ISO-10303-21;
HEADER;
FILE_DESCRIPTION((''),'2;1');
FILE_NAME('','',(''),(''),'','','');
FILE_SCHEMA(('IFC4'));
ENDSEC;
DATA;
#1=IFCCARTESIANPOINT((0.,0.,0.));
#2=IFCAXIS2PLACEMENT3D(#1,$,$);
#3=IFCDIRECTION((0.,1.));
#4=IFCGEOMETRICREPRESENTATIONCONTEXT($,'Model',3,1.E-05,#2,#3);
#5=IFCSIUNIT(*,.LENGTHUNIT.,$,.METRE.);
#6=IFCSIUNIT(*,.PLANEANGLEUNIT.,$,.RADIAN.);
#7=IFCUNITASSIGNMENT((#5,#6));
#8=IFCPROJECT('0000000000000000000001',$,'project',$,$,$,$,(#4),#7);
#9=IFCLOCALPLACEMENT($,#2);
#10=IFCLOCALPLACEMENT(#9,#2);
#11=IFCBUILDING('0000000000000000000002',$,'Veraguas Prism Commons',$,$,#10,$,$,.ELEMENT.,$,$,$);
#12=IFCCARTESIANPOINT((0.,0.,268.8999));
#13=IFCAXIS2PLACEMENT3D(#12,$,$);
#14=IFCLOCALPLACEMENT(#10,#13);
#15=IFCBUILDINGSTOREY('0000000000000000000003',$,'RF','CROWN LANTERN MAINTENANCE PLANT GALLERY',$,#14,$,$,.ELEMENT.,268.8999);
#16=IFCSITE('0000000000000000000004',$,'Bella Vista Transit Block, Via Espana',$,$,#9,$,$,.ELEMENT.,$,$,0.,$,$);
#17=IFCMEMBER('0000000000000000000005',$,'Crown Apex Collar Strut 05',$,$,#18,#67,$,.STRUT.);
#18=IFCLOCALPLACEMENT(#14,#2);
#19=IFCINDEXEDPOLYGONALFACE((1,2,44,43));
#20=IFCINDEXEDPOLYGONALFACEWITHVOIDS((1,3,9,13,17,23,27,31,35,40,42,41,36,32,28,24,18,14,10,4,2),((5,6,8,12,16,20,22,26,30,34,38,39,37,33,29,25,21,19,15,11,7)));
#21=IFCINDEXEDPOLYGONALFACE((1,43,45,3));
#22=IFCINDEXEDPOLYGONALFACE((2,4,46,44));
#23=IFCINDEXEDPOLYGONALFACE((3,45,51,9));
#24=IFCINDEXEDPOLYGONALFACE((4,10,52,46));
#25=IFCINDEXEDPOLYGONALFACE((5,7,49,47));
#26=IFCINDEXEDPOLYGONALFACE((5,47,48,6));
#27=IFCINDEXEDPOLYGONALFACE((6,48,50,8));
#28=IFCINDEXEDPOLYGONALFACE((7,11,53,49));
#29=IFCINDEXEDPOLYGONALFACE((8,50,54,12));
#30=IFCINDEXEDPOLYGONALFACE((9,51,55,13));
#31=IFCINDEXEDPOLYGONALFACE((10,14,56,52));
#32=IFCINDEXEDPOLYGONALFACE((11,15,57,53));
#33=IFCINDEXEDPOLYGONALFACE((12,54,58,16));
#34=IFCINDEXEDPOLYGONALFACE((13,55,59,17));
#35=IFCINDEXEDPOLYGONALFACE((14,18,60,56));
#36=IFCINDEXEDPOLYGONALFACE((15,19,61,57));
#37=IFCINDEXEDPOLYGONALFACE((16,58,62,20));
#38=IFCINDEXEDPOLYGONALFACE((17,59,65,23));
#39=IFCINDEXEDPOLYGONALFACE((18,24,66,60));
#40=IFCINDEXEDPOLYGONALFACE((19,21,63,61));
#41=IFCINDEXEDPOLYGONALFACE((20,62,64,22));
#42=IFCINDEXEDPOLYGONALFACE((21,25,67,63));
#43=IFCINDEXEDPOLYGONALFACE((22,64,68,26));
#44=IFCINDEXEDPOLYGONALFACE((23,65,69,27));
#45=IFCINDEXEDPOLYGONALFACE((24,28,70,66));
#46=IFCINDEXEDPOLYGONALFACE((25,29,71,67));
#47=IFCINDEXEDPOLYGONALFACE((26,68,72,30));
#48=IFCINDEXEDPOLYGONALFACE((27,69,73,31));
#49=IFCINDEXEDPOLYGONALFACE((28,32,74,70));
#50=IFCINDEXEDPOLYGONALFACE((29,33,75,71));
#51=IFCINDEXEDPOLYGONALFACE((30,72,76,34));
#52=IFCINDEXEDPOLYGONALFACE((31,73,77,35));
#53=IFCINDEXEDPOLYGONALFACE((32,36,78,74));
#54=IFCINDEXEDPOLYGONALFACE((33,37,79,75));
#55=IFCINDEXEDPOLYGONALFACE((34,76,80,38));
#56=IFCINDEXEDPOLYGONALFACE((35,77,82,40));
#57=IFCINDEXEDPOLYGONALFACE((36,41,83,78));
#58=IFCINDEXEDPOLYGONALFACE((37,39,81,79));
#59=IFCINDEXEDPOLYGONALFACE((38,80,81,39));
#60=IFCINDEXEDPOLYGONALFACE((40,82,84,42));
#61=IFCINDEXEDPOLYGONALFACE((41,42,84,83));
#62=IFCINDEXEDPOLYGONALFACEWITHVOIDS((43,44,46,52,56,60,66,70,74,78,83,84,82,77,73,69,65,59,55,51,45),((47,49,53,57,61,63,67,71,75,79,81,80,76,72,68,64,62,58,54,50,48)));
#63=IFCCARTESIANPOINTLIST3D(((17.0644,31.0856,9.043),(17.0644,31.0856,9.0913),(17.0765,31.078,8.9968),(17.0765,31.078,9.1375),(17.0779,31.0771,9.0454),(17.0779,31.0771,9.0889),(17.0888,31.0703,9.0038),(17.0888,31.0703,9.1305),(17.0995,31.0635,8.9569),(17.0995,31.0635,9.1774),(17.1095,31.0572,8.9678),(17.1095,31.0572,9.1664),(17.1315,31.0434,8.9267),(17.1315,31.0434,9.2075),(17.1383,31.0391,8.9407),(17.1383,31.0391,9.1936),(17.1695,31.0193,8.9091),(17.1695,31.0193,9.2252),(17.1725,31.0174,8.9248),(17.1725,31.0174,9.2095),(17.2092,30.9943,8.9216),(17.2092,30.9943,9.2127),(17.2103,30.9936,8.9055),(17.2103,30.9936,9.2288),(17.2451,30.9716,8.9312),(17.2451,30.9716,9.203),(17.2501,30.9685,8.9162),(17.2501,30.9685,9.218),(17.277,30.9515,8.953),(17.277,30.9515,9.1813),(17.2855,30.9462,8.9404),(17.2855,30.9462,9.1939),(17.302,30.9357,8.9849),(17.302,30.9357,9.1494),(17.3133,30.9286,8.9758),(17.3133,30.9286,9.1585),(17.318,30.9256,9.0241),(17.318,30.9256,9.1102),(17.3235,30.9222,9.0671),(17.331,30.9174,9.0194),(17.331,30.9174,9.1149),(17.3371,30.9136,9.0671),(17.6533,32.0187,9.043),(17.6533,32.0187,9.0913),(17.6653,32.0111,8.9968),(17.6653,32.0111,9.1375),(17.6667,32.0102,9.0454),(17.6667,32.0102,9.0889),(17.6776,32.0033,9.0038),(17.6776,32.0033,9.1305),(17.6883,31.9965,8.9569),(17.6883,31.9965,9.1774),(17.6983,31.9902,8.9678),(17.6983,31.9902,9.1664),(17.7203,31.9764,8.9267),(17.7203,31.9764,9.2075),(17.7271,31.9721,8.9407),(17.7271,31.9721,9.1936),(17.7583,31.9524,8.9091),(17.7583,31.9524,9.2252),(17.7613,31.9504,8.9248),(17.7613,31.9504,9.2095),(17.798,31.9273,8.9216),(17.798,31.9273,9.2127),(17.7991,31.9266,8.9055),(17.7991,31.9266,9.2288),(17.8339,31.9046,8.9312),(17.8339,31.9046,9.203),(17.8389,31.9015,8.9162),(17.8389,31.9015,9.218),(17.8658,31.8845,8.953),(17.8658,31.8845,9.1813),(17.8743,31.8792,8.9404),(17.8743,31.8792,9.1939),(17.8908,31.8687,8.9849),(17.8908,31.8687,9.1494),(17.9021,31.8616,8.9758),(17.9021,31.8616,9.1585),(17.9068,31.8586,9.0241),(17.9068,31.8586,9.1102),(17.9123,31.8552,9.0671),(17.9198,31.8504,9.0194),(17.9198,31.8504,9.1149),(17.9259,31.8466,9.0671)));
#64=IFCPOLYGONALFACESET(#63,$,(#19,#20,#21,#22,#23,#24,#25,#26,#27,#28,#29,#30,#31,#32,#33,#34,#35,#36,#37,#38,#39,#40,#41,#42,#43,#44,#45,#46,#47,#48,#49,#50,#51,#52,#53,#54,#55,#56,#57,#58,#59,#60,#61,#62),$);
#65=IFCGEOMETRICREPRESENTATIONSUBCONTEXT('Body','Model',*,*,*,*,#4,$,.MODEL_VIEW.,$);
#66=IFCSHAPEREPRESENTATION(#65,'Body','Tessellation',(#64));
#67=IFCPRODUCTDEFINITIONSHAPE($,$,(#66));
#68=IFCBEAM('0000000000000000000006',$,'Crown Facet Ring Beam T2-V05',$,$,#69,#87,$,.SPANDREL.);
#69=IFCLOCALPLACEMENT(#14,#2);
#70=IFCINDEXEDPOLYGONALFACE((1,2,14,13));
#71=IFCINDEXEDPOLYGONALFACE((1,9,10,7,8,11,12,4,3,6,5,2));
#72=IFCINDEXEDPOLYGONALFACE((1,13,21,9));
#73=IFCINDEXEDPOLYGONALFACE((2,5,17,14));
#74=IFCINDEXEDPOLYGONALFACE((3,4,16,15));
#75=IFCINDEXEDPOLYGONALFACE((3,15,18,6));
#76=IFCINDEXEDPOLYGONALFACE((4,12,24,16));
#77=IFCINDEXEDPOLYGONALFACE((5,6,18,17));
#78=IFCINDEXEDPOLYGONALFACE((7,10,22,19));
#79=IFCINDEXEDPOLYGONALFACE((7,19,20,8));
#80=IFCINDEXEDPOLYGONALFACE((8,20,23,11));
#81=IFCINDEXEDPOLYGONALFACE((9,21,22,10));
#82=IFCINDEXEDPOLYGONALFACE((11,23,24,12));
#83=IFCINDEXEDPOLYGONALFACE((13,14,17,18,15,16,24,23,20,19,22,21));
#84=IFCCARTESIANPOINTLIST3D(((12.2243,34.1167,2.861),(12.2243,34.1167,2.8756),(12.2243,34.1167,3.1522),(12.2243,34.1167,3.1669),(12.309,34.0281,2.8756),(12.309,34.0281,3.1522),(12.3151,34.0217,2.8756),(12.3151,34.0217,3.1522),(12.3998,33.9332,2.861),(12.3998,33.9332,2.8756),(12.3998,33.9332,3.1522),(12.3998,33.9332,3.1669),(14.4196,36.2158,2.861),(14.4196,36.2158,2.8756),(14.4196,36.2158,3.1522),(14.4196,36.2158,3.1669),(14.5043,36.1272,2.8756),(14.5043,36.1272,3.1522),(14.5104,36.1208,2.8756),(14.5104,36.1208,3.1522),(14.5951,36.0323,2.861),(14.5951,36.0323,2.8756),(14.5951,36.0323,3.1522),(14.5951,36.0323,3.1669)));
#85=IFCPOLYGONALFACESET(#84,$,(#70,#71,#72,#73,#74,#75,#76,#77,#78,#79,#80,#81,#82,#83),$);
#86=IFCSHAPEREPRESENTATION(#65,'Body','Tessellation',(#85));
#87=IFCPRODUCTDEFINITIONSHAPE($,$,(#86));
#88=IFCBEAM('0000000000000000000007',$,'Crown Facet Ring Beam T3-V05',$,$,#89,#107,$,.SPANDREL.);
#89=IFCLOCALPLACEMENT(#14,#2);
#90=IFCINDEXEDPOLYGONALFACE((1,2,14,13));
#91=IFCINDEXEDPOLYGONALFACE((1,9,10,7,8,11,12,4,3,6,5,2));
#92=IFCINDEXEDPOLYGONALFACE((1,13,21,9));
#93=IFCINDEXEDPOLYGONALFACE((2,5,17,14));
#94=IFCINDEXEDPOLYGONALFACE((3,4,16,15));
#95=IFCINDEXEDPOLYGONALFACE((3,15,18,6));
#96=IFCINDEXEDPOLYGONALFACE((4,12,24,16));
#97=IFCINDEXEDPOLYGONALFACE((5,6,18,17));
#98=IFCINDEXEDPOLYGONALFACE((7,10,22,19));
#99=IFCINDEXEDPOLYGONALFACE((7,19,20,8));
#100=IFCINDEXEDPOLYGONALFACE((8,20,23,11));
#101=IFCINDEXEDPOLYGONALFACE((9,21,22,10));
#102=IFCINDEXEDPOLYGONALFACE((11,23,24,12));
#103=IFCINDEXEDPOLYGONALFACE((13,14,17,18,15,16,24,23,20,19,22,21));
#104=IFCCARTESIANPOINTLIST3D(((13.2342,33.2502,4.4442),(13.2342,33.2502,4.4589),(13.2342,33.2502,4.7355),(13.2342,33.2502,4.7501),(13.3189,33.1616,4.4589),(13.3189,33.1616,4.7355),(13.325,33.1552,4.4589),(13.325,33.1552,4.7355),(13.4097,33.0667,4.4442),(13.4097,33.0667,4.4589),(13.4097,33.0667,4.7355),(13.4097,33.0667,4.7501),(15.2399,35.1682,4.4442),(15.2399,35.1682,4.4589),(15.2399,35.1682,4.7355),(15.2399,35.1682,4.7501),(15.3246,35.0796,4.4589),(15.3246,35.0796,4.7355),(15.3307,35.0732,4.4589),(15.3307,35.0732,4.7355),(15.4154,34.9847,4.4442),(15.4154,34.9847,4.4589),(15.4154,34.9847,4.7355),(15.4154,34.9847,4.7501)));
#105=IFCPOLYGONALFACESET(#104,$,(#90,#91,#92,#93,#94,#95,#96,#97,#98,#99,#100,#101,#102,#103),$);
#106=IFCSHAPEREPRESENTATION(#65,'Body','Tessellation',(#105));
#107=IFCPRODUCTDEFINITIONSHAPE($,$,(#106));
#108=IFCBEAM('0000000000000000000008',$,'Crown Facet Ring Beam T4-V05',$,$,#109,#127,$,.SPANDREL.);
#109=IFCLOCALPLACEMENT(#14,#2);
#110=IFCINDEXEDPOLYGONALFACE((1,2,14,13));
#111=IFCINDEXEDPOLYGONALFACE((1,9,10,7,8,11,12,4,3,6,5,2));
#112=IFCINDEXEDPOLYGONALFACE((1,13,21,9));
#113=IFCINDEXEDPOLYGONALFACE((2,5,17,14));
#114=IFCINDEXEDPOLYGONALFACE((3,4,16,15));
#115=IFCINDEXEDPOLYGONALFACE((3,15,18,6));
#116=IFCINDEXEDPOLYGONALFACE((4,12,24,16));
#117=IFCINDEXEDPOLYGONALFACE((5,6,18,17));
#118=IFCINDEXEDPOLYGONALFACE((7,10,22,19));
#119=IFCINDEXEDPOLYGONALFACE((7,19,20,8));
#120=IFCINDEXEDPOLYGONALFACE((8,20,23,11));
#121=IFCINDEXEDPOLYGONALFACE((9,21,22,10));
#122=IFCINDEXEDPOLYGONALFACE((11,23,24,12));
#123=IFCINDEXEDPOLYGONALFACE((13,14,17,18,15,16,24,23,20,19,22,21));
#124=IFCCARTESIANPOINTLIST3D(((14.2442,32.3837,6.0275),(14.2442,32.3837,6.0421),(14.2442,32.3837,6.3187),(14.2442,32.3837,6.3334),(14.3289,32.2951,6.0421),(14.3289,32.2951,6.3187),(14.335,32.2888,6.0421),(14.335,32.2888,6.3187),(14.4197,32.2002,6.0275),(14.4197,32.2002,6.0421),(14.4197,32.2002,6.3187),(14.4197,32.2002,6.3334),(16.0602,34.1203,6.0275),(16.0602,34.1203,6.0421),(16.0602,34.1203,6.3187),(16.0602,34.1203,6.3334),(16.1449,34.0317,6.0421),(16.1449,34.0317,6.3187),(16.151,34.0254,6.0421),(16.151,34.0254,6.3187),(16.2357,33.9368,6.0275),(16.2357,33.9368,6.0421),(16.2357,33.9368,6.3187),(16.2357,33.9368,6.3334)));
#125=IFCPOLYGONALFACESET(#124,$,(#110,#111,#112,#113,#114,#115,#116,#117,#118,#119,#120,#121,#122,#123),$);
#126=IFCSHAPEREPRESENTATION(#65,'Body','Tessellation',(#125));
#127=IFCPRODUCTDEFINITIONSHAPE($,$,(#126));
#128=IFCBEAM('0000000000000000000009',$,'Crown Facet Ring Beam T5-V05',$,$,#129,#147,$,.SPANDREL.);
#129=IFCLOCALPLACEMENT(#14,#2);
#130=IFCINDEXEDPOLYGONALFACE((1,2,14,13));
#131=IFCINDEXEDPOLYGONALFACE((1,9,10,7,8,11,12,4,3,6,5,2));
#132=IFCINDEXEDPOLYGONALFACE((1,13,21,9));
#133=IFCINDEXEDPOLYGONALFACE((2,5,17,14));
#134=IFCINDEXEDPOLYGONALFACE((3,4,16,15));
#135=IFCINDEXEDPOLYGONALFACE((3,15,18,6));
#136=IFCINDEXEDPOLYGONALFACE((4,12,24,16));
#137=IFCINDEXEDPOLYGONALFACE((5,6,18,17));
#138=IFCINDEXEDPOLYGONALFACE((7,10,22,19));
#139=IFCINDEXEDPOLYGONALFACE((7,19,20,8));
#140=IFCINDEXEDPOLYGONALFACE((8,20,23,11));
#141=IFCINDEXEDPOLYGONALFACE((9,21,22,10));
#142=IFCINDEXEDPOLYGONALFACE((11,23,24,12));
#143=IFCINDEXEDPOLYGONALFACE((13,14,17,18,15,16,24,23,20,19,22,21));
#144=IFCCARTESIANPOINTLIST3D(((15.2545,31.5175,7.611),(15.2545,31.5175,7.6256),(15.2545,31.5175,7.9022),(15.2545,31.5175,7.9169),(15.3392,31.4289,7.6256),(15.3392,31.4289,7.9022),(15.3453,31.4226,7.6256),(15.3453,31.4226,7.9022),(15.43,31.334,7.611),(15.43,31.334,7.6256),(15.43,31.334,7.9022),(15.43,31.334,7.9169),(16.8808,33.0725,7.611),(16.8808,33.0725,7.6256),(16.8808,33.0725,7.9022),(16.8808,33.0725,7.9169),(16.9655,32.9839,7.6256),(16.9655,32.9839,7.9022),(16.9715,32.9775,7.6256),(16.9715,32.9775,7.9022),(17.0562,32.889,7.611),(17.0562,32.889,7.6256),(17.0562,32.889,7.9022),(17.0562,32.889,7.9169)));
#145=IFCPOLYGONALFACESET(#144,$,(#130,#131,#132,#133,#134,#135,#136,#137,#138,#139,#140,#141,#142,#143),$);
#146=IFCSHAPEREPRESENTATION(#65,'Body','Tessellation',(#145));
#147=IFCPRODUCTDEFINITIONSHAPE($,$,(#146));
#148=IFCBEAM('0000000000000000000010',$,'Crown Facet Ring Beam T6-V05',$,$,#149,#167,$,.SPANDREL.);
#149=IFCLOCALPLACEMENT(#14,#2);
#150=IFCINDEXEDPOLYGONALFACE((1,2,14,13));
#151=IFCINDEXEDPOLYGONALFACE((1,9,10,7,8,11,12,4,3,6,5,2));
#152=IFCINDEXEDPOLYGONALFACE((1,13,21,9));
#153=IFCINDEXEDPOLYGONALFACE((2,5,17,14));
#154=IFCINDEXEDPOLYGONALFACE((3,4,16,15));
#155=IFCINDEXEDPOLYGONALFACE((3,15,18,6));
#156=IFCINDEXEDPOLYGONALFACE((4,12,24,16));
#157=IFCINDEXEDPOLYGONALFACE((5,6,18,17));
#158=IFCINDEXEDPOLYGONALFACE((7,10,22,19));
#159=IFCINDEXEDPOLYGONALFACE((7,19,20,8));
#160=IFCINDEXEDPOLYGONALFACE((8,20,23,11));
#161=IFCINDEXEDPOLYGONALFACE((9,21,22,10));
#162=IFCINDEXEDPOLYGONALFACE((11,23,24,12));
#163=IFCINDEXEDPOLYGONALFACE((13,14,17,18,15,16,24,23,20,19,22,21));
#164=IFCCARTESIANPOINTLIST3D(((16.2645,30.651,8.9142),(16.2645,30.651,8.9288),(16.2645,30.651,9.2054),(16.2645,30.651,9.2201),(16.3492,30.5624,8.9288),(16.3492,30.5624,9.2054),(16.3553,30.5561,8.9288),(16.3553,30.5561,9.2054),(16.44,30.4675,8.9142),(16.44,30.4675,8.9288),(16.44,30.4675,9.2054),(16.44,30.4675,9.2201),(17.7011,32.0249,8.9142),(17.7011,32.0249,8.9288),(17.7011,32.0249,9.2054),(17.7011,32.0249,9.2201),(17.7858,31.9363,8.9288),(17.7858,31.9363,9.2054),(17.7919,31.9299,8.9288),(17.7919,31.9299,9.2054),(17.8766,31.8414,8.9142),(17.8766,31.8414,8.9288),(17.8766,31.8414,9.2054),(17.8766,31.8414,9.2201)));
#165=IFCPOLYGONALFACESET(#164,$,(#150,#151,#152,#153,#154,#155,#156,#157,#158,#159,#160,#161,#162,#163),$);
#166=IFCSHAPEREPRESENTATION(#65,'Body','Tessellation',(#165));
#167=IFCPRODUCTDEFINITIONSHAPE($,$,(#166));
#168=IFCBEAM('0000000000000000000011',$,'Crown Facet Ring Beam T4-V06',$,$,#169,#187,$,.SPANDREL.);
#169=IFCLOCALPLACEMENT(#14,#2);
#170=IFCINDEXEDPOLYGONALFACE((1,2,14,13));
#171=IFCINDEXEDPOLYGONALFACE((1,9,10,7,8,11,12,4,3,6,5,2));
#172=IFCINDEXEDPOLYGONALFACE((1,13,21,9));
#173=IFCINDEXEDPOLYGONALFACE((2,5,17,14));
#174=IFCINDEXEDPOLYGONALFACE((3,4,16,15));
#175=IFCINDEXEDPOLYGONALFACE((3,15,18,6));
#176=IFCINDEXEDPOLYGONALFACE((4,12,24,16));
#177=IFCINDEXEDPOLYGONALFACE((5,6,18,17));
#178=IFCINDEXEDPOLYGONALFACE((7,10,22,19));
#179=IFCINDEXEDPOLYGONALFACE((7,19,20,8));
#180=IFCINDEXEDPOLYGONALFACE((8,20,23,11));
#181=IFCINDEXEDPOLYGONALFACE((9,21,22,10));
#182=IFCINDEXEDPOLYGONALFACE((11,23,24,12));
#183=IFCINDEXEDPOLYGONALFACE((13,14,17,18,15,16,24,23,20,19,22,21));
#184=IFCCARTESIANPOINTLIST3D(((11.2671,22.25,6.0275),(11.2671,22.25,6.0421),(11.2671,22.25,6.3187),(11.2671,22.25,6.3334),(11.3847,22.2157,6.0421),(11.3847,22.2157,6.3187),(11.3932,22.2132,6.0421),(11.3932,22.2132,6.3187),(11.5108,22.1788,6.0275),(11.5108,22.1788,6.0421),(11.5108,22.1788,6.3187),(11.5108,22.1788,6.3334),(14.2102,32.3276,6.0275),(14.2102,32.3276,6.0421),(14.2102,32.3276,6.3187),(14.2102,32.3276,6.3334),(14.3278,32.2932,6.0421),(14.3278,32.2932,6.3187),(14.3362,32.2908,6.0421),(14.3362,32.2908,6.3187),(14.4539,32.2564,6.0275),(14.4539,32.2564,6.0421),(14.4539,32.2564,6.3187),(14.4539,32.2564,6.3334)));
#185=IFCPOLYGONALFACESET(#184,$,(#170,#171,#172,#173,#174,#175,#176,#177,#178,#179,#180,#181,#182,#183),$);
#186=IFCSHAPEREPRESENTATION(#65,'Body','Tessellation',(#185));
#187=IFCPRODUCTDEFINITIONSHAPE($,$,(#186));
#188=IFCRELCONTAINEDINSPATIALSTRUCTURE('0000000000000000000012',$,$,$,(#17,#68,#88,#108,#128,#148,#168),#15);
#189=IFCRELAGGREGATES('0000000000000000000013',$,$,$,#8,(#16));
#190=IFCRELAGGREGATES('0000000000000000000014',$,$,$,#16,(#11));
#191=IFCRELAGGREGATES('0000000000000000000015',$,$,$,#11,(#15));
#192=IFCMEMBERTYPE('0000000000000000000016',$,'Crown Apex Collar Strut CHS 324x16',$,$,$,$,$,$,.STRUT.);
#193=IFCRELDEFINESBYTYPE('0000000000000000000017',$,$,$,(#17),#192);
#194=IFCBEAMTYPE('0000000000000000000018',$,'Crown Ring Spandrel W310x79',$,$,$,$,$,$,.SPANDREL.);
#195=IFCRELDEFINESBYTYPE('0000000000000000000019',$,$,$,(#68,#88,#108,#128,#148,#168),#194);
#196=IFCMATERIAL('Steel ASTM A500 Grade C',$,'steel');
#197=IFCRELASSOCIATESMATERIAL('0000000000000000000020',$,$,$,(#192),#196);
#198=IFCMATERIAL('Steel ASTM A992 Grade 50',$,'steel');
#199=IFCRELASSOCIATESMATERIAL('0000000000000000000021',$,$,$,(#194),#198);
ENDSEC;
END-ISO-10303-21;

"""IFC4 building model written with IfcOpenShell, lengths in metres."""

from ifc_helpers import new_model, si_unit, direction, frame, origin, origin_2d, place, context, subcontext, project, spatial, hollow_circle, i_section, extrude, material, material_profile, profile_set, type_object, element, save


model = new_model("IFC4")

# Units and contexts
model_context = context("Model", 3, precision=1e-05, world=origin(), true_north=direction((0.0, 1.0)))
body_context = subcontext(model_context, "Body", "Model", "MODEL_VIEW")
ifc_project = project(units=[si_unit("LENGTHUNIT", "METRE"), si_unit("PLANEANGLEUNIT", "RADIAN")], contexts=[model_context])

# Site, building, storey
site_placement = place(None, origin())
site = spatial("IfcSite", under=ifc_project, at=site_placement, Name="Bella Vista Transit Block, Via Espana", CompositionType="ELEMENT", RefElevation=0.0)
building_placement = place(site_placement, origin())
building = spatial("IfcBuilding", under=site, at=building_placement, Name="Veraguas Prism Commons", CompositionType="ELEMENT")
storey_placement = place(building_placement, frame((0.0, 0.0, 268.8999)))
storey = spatial("IfcBuildingStorey", under=building, at=storey_placement, Name="RF", Description="CROWN LANTERN MAINTENANCE PLANT GALLERY", CompositionType="ELEMENT", Elevation=268.8999)

# Member
ifc_material_1 = material(Name="Steel ASTM A500 Grade C", Category="steel")
ifc_material_profile_1 = material_profile(ifc_material_1, hollow_circle(Radius=0.1621, WallThickness=0.0161, at=origin_2d()), Name="CHS324X16")
ifc_profile_set_1 = profile_set([ifc_material_profile_1], Name="Steel ASTM A500 Grade C")
member_type_1 = type_object("IfcMemberType", Name="Crown Apex Collar Strut CHS 324x16", PredefinedType="STRUT", material=ifc_profile_set_1)
member_1_placement = place(storey_placement, frame((17.7888, 31.9331, 9.0671), z_axis=(-0.533693, -0.845678, 0.0), x_axis=(0.845678, -0.533693, 0.0)))
element("IfcMember", 1, at=member_1_placement, inside=storey, type_object=member_type_1, Name="Crown Apex Collar Strut 05", PredefinedType="STRUT", context=body_context, shape_type="SweptSolid", body=[
    extrude(hollow_circle(Radius=0.1621, WallThickness=0.0161, at=origin_2d()), origin(), (0.0, 0.0, 1.0), 1.1033),
])

# Beams
ifc_material_2 = material(Name="Steel ASTM A992 Grade 50", Category="steel")
ifc_material_profile_2 = material_profile(ifc_material_2, i_section(OverallWidth=0.2539, OverallDepth=0.3059, WebThickness=0.0088, FlangeThickness=0.0146, at=origin_2d()), Name="W310X79")
ifc_profile_set_2 = profile_set([ifc_material_profile_2], Name="Steel ASTM A992 Grade 50")
beam_type = type_object("IfcBeamType", Name="Crown Ring Spandrel W310x79", PredefinedType="SPANDREL", material=ifc_profile_set_2)
beam_1_placement = place(storey_placement, frame((14.5073, 36.124, 3.0139), z_axis=(-0.722764, -0.691095, 0.0), x_axis=(0.691095, -0.722764, 0.0)))
element("IfcBeam", 2, at=beam_1_placement, inside=storey, type_object=beam_type, Name="Crown Facet Ring Beam T2-V05", PredefinedType="SPANDREL", context=body_context, shape_type="SweptSolid", body=[
    extrude(i_section(OverallWidth=0.2539, OverallDepth=0.3059, WebThickness=0.0088, FlangeThickness=0.0146, at=origin_2d()), origin(), (0.0, 0.0, 1.0), 3.0374),
])
beam_2_placement = place(storey_placement, frame((15.3276, 35.0764, 4.5972), z_axis=(-0.722722, -0.691139, 0.0), x_axis=(0.691139, -0.722722, 0.0)))
element("IfcBeam", 3, at=beam_2_placement, inside=storey, type_object=beam_type, Name="Crown Facet Ring Beam T3-V05", PredefinedType="SPANDREL", context=body_context, shape_type="SweptSolid", body=[
    extrude(i_section(OverallWidth=0.2539, OverallDepth=0.3059, WebThickness=0.0088, FlangeThickness=0.0146, at=origin_2d()), origin(), (0.0, 0.0, 1.0), 2.7751),
])
beam_3_placement = place(storey_placement, frame((16.1479, 34.0286, 6.1804), z_axis=(-0.72272, -0.691141, 0.0), x_axis=(0.691141, -0.72272, 0.0)))
element("IfcBeam", 4, at=beam_3_placement, inside=storey, type_object=beam_type, Name="Crown Facet Ring Beam T4-V05", PredefinedType="SPANDREL", context=body_context, shape_type="SweptSolid", body=[
    extrude(i_section(OverallWidth=0.2539, OverallDepth=0.3059, WebThickness=0.0088, FlangeThickness=0.0146, at=origin_2d()), origin(), (0.0, 0.0, 1.0), 2.5127),
])
beam_4_placement = place(storey_placement, frame((16.9685, 32.9807, 7.7639), z_axis=(-0.722771, -0.691087, 0.0), x_axis=(0.691087, -0.722771, 0.0)))
element("IfcBeam", 5, at=beam_4_placement, inside=storey, type_object=beam_type, Name="Crown Facet Ring Beam T5-V05", PredefinedType="SPANDREL", context=body_context, shape_type="SweptSolid", body=[
    extrude(i_section(OverallWidth=0.2539, OverallDepth=0.3059, WebThickness=0.0088, FlangeThickness=0.0146, at=origin_2d()), origin(), (0.0, 0.0, 1.0), 2.25),
])
beam_5_placement = place(storey_placement, frame((17.7888, 31.9331, 9.0671), z_axis=(-0.722714, -0.691147, 0.0), x_axis=(0.691147, -0.722714, 0.0)))
element("IfcBeam", 6, at=beam_5_placement, inside=storey, type_object=beam_type, Name="Crown Facet Ring Beam T6-V05", PredefinedType="SPANDREL", context=body_context, shape_type="SweptSolid", body=[
    extrude(i_section(OverallWidth=0.2539, OverallDepth=0.3059, WebThickness=0.0088, FlangeThickness=0.0146, at=origin_2d()), origin(), (0.0, 0.0, 1.0), 1.9878),
])
beam_6_placement = place(storey_placement, frame((14.332, 32.292, 6.1804), z_axis=(-0.280334, -0.959903, 0.0), x_axis=(0.959903, -0.280334, 0.0)))
element("IfcBeam", 7, at=beam_6_placement, inside=storey, type_object=beam_type, Name="Crown Facet Ring Beam T4-V06", PredefinedType="SPANDREL", context=body_context, shape_type="SweptSolid", body=[
    extrude(i_section(OverallWidth=0.2539, OverallDepth=0.3059, WebThickness=0.0088, FlangeThickness=0.0146, at=origin_2d()), origin(), (0.0, 0.0, 1.0), 10.4985),
])

save(model, "model.ifc")
